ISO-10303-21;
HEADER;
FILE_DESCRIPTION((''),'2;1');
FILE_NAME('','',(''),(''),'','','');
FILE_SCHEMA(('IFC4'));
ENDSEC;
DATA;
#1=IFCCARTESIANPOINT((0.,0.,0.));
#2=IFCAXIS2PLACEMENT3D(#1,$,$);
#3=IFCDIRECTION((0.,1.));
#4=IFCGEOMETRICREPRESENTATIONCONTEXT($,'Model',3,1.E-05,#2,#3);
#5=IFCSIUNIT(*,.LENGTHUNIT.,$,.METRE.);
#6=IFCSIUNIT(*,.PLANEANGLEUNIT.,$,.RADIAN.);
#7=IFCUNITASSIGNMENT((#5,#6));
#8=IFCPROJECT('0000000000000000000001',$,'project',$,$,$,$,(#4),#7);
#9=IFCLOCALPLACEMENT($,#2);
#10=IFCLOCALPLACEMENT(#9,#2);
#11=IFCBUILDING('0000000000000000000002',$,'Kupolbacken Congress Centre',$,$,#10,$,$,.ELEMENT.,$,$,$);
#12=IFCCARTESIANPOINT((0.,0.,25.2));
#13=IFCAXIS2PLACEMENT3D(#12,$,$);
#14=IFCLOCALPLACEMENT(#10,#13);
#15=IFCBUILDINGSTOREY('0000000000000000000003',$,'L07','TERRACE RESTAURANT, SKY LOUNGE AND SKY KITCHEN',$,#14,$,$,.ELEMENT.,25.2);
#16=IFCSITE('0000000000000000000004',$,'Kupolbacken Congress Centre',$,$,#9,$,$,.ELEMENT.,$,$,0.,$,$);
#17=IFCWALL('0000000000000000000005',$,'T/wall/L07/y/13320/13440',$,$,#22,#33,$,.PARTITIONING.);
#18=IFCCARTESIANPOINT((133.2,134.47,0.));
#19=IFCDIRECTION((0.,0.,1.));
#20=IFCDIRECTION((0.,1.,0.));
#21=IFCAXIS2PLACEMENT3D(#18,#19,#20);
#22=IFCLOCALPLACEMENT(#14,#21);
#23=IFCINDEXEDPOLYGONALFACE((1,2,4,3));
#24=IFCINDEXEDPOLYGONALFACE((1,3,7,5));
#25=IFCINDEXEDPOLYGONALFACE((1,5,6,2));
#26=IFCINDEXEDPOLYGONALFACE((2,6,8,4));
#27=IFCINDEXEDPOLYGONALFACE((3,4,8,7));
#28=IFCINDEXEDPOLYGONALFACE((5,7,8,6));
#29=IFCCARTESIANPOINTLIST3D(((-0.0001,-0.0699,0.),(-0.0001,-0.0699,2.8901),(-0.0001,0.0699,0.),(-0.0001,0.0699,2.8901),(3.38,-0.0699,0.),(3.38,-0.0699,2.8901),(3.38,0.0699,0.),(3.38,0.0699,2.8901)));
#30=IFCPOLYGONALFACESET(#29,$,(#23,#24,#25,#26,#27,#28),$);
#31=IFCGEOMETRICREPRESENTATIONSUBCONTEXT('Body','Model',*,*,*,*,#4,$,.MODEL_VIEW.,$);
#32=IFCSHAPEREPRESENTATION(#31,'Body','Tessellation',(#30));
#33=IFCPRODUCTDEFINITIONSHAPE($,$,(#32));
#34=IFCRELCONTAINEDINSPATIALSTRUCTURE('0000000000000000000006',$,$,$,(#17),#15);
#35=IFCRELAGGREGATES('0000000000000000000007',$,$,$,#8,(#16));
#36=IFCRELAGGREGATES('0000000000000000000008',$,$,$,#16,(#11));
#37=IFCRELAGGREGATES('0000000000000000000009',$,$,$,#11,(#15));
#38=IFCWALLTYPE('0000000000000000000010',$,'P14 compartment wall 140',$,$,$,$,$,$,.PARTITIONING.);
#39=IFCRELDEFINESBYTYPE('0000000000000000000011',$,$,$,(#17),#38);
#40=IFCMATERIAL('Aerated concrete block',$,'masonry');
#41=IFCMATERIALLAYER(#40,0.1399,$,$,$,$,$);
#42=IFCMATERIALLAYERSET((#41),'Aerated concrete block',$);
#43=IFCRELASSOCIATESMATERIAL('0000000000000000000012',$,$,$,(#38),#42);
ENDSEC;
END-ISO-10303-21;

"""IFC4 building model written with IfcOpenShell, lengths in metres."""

from ifc_helpers import new_model, si_unit, direction, frame, frame_2d, origin, place, context, subcontext, project, spatial, rectangle, extrude, material, layer, layer_set, type_object, element, save


model = new_model("IFC4")

# Units and contexts
model_context = context("Model", 3, precision=1e-05, world=origin(), true_north=direction((0.0, 1.0)))
body_context = subcontext(model_context, "Body", "Model", "MODEL_VIEW")
ifc_project = project(units=[si_unit("LENGTHUNIT", "METRE"), si_unit("PLANEANGLEUNIT", "RADIAN")], contexts=[model_context])

# Site, building, storey
site_placement = place(None, origin())
site = spatial("IfcSite", under=ifc_project, at=site_placement, Name="Kupolbacken Congress Centre", CompositionType="ELEMENT", RefElevation=0.0)
building_placement = place(site_placement, origin())
building = spatial("IfcBuilding", under=site, at=building_placement, Name="Kupolbacken Congress Centre", CompositionType="ELEMENT")
storey_placement = place(building_placement, frame((0.0, 0.0, 25.2)))
storey = spatial("IfcBuildingStorey", under=building, at=storey_placement, Name="L07", Description="TERRACE RESTAURANT, SKY LOUNGE AND SKY KITCHEN", CompositionType="ELEMENT", Elevation=25.2)

# Shared definitions
ifc_material_1 = material(Name="Aerated concrete block", Category="masonry")
ifc_layer_1 = layer(ifc_material_1, 0.1399)
ifc_layer_set_1 = layer_set([ifc_layer_1], Name="Aerated concrete block")
wall_type_1 = type_object("IfcWallType", Name="P14 compartment wall 140", PredefinedType="PARTITIONING", material=ifc_layer_set_1)

# Wall
wall_1_placement = place(storey_placement, frame((133.2, 134.47, 0.0), z_axis=(0.0, 0.0, 1.0), x_axis=(0.0, 1.0, 0.0)))
element("IfcWall", 1, at=wall_1_placement, inside=storey, type_object=wall_type_1, Name="T/wall/L07/y/13320/13440", PredefinedType="PARTITIONING", context=body_context, shape_type="SweptSolid", body=[
    extrude(rectangle(XDim=3.3801, YDim=0.1399, at=frame_2d((1.6899, 0.0))), origin(), (0.0, 0.0, 1.0), 2.8901),
])

save(model, "model.ifc")
